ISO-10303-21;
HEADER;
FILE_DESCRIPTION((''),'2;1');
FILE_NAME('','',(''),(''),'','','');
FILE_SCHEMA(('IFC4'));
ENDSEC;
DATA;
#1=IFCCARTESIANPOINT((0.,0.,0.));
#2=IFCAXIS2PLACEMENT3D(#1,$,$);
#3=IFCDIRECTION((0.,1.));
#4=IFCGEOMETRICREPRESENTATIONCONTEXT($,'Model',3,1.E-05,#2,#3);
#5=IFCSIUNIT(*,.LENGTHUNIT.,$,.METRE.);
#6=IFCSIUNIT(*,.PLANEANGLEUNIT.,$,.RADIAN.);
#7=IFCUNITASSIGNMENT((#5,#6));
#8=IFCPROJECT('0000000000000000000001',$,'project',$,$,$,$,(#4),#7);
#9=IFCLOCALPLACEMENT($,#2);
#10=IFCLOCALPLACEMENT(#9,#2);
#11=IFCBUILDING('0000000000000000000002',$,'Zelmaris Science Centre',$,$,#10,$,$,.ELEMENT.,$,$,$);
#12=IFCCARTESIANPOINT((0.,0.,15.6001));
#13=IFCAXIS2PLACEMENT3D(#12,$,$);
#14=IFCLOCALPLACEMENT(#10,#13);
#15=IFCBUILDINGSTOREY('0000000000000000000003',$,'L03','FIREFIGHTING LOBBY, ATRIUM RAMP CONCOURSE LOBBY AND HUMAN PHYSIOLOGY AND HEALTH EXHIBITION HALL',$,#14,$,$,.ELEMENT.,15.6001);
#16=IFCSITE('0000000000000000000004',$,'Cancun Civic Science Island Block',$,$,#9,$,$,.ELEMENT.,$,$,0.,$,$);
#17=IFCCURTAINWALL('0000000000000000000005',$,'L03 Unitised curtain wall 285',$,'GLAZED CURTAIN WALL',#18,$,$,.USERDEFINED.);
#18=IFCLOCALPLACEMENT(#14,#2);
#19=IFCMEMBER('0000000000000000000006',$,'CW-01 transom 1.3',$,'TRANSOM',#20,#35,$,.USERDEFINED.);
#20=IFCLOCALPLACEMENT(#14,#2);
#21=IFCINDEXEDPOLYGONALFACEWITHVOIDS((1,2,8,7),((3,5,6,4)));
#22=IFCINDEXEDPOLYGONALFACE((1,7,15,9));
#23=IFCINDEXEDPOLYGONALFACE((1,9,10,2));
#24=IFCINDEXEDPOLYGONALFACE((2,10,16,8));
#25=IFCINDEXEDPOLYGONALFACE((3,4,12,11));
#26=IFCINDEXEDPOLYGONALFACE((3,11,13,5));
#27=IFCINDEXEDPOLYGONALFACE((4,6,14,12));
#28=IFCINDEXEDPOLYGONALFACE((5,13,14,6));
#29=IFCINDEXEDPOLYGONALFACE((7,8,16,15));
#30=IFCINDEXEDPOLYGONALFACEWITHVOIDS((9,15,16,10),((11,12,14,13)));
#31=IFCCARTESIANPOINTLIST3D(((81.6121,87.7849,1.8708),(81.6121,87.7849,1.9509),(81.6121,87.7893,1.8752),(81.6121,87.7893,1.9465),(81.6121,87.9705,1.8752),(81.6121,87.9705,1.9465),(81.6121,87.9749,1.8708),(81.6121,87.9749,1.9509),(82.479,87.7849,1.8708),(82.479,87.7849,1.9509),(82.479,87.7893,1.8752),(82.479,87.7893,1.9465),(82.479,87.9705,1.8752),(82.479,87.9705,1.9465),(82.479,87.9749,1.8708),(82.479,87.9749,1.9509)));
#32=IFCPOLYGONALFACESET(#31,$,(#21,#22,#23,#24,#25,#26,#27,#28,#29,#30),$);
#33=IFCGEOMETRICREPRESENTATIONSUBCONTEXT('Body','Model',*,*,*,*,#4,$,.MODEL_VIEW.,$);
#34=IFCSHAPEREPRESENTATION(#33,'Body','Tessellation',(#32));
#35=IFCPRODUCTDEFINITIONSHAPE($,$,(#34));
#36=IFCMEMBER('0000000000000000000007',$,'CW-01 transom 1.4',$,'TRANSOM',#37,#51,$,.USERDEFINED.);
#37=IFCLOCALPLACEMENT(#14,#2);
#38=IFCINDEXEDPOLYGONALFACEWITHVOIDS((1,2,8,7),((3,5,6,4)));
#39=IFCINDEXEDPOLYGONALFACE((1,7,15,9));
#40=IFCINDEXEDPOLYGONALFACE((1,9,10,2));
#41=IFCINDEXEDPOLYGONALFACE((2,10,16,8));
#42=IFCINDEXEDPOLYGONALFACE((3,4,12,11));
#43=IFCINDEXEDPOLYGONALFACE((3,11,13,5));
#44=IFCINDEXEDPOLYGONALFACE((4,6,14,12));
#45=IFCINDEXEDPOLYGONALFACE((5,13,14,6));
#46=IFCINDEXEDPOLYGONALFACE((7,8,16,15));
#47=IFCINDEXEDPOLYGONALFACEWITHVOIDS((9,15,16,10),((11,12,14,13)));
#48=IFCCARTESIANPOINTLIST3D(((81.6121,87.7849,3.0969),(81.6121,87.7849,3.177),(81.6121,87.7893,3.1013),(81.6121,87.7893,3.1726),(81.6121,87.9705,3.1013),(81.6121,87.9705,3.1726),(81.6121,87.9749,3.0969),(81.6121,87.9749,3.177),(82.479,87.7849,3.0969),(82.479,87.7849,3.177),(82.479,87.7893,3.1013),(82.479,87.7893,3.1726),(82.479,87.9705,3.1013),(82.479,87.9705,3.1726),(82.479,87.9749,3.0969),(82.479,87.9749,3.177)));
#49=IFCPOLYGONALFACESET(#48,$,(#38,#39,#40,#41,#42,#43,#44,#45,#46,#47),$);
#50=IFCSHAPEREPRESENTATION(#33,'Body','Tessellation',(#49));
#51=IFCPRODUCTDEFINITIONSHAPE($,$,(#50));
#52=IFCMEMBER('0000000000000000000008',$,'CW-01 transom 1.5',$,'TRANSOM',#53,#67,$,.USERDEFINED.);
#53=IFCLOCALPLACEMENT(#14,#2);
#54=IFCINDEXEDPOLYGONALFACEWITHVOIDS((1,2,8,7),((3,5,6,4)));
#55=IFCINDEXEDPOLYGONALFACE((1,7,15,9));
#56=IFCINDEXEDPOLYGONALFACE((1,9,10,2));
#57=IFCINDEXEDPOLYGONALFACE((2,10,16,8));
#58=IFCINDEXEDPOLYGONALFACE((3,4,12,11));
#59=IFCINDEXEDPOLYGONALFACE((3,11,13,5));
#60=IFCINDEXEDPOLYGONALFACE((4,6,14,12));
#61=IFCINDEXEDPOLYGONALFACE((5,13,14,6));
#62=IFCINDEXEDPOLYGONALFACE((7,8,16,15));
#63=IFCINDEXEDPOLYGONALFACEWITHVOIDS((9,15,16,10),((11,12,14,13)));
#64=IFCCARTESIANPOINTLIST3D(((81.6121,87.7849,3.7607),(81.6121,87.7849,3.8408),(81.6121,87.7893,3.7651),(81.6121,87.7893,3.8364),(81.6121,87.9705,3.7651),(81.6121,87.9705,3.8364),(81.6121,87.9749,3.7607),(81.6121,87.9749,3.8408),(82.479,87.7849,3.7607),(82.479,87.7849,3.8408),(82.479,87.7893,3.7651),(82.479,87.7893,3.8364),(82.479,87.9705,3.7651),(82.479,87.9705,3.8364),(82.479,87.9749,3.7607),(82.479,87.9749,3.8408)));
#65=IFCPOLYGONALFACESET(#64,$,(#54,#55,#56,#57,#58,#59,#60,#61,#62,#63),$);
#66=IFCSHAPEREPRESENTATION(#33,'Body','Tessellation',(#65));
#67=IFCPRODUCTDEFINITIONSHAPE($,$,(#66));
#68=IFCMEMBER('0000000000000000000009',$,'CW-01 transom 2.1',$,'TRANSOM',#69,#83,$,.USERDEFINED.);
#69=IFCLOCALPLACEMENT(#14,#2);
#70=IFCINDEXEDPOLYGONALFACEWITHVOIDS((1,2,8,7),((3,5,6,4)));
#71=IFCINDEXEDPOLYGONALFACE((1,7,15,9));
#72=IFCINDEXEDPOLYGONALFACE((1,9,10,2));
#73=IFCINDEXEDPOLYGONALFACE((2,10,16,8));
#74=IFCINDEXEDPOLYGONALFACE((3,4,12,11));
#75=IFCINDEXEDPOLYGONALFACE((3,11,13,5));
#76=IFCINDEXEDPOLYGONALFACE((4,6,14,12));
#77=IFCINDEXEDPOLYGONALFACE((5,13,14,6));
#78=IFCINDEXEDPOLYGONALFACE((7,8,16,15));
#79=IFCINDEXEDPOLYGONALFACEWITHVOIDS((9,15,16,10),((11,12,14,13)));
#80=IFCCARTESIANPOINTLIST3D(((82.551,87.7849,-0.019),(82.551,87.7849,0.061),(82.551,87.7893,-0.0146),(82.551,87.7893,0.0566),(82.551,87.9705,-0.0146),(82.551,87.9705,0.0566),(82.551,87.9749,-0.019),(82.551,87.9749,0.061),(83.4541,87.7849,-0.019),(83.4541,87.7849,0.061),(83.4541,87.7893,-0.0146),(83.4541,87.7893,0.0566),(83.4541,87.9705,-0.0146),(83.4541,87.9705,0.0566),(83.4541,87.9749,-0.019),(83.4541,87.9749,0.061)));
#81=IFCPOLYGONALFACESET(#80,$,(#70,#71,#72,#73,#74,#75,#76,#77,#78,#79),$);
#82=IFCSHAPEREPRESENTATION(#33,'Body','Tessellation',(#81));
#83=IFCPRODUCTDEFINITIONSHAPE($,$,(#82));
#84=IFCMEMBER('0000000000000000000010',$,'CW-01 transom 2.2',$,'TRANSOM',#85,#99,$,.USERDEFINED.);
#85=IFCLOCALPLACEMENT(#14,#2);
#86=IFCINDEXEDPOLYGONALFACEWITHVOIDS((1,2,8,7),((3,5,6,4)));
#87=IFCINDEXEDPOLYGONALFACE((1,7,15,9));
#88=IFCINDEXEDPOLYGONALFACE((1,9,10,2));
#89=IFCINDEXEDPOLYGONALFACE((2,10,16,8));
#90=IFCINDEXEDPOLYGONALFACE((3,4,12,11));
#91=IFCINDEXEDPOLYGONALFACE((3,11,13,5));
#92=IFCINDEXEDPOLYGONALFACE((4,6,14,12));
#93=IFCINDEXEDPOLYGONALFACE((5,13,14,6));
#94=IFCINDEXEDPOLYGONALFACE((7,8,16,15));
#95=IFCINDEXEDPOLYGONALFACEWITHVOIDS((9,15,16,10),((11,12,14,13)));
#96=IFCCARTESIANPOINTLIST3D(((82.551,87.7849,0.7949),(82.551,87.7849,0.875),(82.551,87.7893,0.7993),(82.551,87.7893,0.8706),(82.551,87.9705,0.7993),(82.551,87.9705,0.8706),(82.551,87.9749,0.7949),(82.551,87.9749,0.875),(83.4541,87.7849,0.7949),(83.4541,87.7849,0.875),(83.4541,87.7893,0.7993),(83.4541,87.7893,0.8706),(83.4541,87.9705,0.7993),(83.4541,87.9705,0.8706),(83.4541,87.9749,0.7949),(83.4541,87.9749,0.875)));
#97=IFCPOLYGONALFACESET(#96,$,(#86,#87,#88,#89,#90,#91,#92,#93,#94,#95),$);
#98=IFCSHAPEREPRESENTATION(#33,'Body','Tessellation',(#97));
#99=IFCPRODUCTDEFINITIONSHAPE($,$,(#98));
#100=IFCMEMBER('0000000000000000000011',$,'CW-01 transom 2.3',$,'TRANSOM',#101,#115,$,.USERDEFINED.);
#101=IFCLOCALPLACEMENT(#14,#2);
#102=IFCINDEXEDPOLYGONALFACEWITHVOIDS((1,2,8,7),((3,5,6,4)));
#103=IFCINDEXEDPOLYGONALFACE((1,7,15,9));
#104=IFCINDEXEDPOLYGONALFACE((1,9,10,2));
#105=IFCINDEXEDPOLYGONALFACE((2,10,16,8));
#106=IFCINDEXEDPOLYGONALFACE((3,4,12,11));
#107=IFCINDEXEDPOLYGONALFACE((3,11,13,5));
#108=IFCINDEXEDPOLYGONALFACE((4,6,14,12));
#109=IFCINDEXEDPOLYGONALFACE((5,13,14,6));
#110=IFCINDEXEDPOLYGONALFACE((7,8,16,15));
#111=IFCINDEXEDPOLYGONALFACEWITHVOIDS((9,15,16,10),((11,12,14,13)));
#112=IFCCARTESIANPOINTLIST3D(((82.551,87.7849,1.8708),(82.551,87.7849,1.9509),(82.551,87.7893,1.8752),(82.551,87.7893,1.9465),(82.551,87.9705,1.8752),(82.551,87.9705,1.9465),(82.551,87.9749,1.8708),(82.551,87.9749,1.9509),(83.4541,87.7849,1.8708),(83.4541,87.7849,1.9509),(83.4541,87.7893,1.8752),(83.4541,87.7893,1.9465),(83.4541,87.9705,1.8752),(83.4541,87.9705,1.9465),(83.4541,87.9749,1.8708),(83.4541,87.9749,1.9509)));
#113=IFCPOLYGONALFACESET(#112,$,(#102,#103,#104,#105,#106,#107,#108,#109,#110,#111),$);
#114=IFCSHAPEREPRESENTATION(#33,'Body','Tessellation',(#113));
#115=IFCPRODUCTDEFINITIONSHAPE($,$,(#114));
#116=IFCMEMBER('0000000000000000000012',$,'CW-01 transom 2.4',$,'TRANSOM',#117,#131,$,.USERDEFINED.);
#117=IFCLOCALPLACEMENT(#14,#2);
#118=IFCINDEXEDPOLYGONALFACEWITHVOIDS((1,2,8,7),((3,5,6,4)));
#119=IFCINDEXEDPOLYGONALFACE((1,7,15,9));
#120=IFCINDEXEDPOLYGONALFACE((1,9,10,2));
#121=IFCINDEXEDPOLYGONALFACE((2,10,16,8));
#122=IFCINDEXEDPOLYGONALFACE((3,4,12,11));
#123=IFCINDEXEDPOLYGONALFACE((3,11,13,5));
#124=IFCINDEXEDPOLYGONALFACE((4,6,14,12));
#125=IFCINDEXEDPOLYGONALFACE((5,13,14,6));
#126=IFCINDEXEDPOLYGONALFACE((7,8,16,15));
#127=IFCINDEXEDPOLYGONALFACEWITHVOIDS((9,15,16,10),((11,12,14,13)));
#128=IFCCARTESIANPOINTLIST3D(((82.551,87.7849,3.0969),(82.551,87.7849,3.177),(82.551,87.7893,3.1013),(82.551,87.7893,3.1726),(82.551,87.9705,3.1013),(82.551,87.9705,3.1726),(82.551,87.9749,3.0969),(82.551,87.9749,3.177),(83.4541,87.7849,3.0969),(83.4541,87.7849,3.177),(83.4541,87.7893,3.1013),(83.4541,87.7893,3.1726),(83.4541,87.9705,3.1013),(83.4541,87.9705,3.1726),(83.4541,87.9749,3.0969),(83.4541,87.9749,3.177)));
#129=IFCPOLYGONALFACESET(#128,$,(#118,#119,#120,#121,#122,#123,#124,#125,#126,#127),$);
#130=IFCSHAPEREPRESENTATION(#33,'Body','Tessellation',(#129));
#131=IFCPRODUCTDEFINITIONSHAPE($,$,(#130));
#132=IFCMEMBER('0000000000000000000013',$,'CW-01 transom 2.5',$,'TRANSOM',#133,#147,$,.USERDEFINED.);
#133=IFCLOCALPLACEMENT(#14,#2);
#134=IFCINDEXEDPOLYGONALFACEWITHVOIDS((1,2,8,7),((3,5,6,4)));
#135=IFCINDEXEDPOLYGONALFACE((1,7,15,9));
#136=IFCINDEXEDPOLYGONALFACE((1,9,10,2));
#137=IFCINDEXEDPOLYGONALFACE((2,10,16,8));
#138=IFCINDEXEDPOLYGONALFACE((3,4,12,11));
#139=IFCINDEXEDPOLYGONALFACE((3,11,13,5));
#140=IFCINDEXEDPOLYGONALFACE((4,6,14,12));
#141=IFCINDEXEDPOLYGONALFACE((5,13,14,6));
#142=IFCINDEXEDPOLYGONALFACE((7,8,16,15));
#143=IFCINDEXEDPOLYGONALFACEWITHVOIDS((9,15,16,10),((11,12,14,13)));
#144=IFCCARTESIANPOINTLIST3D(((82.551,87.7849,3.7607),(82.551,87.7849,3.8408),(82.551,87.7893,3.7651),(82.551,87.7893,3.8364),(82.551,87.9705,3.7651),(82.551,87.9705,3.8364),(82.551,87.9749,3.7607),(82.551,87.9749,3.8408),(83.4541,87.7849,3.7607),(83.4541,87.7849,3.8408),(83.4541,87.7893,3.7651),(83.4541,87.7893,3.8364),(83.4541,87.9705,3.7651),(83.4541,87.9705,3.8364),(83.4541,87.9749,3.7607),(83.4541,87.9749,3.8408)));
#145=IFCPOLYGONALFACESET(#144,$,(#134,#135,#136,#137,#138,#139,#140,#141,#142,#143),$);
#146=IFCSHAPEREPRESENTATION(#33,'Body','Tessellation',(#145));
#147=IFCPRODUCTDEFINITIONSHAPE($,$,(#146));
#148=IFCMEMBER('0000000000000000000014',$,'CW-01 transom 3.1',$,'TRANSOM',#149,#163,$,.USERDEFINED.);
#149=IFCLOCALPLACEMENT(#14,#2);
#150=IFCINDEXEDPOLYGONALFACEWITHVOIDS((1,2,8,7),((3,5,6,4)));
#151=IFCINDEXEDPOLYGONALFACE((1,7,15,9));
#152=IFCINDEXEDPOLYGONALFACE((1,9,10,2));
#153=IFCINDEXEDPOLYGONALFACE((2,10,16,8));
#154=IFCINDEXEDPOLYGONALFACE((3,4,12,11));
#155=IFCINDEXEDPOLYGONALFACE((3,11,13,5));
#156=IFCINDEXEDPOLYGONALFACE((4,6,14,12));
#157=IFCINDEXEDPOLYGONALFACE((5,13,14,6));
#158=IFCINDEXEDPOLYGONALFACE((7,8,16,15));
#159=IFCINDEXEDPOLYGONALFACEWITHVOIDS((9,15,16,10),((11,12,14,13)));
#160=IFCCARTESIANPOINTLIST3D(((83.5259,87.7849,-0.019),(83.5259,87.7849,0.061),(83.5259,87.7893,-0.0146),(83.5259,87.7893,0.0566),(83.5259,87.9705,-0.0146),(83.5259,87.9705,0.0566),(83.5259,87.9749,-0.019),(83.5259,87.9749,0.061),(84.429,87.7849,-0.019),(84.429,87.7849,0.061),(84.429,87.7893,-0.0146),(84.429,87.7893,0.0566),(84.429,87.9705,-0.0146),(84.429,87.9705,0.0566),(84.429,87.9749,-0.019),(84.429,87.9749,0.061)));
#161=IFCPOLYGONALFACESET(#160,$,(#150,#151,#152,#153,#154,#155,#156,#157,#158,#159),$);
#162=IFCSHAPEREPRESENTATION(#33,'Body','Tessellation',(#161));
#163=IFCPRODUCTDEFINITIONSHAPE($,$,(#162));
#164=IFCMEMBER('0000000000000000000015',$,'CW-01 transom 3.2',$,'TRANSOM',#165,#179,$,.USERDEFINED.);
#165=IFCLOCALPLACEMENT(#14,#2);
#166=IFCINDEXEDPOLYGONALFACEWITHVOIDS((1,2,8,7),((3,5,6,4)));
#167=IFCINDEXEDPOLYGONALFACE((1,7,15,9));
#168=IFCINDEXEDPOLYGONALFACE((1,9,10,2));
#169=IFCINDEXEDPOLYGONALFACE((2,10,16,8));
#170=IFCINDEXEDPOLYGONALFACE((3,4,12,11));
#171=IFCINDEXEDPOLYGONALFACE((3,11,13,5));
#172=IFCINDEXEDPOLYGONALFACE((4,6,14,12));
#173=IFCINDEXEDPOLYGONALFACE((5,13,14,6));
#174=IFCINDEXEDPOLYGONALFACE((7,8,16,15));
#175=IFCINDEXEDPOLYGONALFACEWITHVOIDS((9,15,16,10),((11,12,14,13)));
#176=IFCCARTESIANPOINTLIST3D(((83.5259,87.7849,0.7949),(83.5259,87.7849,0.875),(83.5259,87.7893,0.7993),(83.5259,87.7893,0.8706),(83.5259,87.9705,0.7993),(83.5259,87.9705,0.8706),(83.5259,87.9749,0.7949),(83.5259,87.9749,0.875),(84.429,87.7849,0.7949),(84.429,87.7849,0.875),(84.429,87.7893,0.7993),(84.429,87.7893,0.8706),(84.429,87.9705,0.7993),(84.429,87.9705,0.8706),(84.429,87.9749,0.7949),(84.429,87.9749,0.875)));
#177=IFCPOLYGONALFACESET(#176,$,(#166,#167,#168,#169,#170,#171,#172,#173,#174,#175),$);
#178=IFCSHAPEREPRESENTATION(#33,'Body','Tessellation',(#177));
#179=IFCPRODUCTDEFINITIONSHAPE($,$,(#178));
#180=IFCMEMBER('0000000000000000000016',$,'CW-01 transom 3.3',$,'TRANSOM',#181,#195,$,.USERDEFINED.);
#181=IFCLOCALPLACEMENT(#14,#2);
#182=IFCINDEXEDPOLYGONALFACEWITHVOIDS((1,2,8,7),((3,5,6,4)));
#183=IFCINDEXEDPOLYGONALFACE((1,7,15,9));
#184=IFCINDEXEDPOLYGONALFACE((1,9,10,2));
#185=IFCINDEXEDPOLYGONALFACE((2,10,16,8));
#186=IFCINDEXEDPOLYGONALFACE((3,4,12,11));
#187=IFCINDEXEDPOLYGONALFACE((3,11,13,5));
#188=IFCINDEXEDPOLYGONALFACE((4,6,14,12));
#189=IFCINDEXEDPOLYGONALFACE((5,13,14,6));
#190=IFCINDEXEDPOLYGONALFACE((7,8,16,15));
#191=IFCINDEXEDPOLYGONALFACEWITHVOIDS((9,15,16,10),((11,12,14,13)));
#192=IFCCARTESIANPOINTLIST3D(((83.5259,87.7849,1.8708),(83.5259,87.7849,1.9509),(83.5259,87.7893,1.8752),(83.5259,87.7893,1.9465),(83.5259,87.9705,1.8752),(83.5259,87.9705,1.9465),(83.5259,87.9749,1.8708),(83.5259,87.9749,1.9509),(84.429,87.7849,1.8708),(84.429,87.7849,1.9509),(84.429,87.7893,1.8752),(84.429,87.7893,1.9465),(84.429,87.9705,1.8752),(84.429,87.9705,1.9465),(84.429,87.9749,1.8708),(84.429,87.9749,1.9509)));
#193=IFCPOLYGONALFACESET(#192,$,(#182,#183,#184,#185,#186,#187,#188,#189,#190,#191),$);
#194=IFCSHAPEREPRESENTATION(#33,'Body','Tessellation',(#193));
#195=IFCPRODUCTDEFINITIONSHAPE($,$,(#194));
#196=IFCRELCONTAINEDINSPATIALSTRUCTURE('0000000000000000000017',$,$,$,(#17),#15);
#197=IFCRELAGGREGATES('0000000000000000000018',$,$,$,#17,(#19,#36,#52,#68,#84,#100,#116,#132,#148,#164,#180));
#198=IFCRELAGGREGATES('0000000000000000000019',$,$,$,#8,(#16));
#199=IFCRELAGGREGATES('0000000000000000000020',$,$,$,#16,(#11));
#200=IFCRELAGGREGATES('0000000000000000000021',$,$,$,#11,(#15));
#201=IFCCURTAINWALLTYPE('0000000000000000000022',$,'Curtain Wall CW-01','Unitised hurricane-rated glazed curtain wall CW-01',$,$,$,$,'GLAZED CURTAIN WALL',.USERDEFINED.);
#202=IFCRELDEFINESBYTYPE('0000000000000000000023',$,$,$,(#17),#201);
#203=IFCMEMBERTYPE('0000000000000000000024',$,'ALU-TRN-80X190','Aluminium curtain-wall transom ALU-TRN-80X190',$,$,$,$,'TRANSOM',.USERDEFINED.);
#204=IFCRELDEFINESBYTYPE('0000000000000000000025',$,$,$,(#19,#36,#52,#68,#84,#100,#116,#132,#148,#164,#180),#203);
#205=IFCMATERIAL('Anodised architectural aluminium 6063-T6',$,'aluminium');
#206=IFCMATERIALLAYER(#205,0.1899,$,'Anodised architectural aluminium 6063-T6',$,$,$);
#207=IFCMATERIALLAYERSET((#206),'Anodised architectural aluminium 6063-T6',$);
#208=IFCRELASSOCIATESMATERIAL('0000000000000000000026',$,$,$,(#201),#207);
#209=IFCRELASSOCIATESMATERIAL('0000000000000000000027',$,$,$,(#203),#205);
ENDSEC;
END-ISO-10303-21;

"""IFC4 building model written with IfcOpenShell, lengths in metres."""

from ifc_helpers import new_model, si_unit, direction, frame, origin, origin_2d, place, context, subcontext, project, spatial, hollow_rectangle, extrude, material, layer, layer_set, material_profile, profile_set, type_object, element, aggregate, save


model = new_model("IFC4")

# Units and contexts
model_context = context("Model", 3, precision=1e-05, world=origin(), true_north=direction((0.0, 1.0)))
body_context = subcontext(model_context, "Body", "Model", "MODEL_VIEW")
ifc_project = project(units=[si_unit("LENGTHUNIT", "METRE"), si_unit("PLANEANGLEUNIT", "RADIAN")], contexts=[model_context])

# Site, building, storey
site_placement = place(None, origin())
site = spatial("IfcSite", under=ifc_project, at=site_placement, Name="Cancun Civic Science Island Block", CompositionType="ELEMENT", RefElevation=0.0)
building_placement = place(site_placement, origin())
building = spatial("IfcBuilding", under=site, at=building_placement, Name="Zelmaris Science Centre", CompositionType="ELEMENT")
storey_placement = place(building_placement, frame((0.0, 0.0, 15.6001)))
storey = spatial("IfcBuildingStorey", under=building, at=storey_placement, Name="L03", Description="FIREFIGHTING LOBBY, ATRIUM RAMP CONCOURSE LOBBY AND HUMAN PHYSIOLOGY AND HEALTH EXHIBITION HALL", CompositionType="ELEMENT", Elevation=15.6001)

# Curtain wall, members
ifc_material_1 = material(Name="Anodised architectural aluminium 6063-T6", Category="aluminium")
ifc_layer_1 = layer(ifc_material_1, 0.1899, Name="Anodised architectural aluminium 6063-T6")
ifc_layer_set_1 = layer_set([ifc_layer_1], Name="Anodised architectural aluminium 6063-T6")
curtain_wall_type = type_object("IfcCurtainWallType", Name="Curtain Wall CW-01", Description="Unitised hurricane-rated glazed curtain wall CW-01", ElementType="GLAZED CURTAIN WALL", PredefinedType="USERDEFINED", material=ifc_layer_set_1)
curtain_wall_placement = place(storey_placement, origin())
curtain_wall = element("IfcCurtainWall", 1, at=curtain_wall_placement, inside=storey, type_object=curtain_wall_type, Name="L03 Unitised curtain wall 285", ObjectType="GLAZED CURTAIN WALL", PredefinedType="USERDEFINED")
ifc_material_profile_1 = material_profile(ifc_material_1, hollow_rectangle(XDim=0.0801, YDim=0.1899, WallThickness=0.0044, at=origin_2d()), Name="ALU-TRN-80X190")
ifc_profile_set_1 = profile_set([ifc_material_profile_1], Name="Anodised architectural aluminium 6063-T6")
member_type_1 = type_object("IfcMemberType", Name="ALU-TRN-80X190", Description="Aluminium curtain-wall transom ALU-TRN-80X190", ElementType="TRANSOM", PredefinedType="USERDEFINED", material=ifc_profile_set_1)
member_1_placement = place(storey_placement, frame((81.6121, 87.8799, 1.9109), z_axis=(1.0, 0.0, 0.0), x_axis=(0.0, 0.0, 1.0)))
member_1 = element("IfcMember", 2, at=member_1_placement, type_object=member_type_1, Name="CW-01 transom 1.3", ObjectType="TRANSOM", PredefinedType="USERDEFINED", context=body_context, shape_type="SweptSolid", body=[
    extrude(hollow_rectangle(XDim=0.0801, YDim=0.1899, WallThickness=0.0044, at=origin_2d()), origin(), (0.0, 0.0, 1.0), 0.8669),
])
member_2_placement = place(storey_placement, frame((81.6121, 87.8799, 3.137), z_axis=(1.0, 0.0, 0.0), x_axis=(0.0, 0.0, 1.0)))
member_2 = element("IfcMember", 3, at=member_2_placement, type_object=member_type_1, Name="CW-01 transom 1.4", ObjectType="TRANSOM", PredefinedType="USERDEFINED", context=body_context, shape_type="SweptSolid", body=[
    extrude(hollow_rectangle(XDim=0.0801, YDim=0.1899, WallThickness=0.0044, at=origin_2d()), origin(), (0.0, 0.0, 1.0), 0.8669),
])
member_3_placement = place(storey_placement, frame((81.6121, 87.8799, 3.8008), z_axis=(1.0, 0.0, 0.0), x_axis=(0.0, 0.0, 1.0)))
member_3 = element("IfcMember", 4, at=member_3_placement, type_object=member_type_1, Name="CW-01 transom 1.5", ObjectType="TRANSOM", PredefinedType="USERDEFINED", context=body_context, shape_type="SweptSolid", body=[
    extrude(hollow_rectangle(XDim=0.0801, YDim=0.1899, WallThickness=0.0044, at=origin_2d()), origin(), (0.0, 0.0, 1.0), 0.8669),
])
member_4_placement = place(storey_placement, frame((82.551, 87.8799, 0.021), z_axis=(1.0, 0.0, 0.0), x_axis=(0.0, 0.0, 1.0)))
member_4 = element("IfcMember", 5, at=member_4_placement, type_object=member_type_1, Name="CW-01 transom 2.1", ObjectType="TRANSOM", PredefinedType="USERDEFINED", context=body_context, shape_type="SweptSolid", body=[
    extrude(hollow_rectangle(XDim=0.0801, YDim=0.1899, WallThickness=0.0044, at=origin_2d()), origin(), (0.0, 0.0, 1.0), 0.9031),
])
member_5_placement = place(storey_placement, frame((82.551, 87.8799, 0.835), z_axis=(1.0, 0.0, 0.0), x_axis=(0.0, 0.0, 1.0)))
member_5 = element("IfcMember", 6, at=member_5_placement, type_object=member_type_1, Name="CW-01 transom 2.2", ObjectType="TRANSOM", PredefinedType="USERDEFINED", context=body_context, shape_type="SweptSolid", body=[
    extrude(hollow_rectangle(XDim=0.0801, YDim=0.1899, WallThickness=0.0044, at=origin_2d()), origin(), (0.0, 0.0, 1.0), 0.9031),
])
member_6_placement = place(storey_placement, frame((82.551, 87.8799, 1.9109), z_axis=(1.0, 0.0, 0.0), x_axis=(0.0, 0.0, 1.0)))
member_6 = element("IfcMember", 7, at=member_6_placement, type_object=member_type_1, Name="CW-01 transom 2.3", ObjectType="TRANSOM", PredefinedType="USERDEFINED", context=body_context, shape_type="SweptSolid", body=[
    extrude(hollow_rectangle(XDim=0.0801, YDim=0.1899, WallThickness=0.0044, at=origin_2d()), origin(), (0.0, 0.0, 1.0), 0.9031),
])
member_7_placement = place(storey_placement, frame((82.551, 87.8799, 3.137), z_axis=(1.0, 0.0, 0.0), x_axis=(0.0, 0.0, 1.0)))
member_7 = element("IfcMember", 8, at=member_7_placement, type_object=member_type_1, Name="CW-01 transom 2.4", ObjectType="TRANSOM", PredefinedType="USERDEFINED", context=body_context, shape_type="SweptSolid", body=[
    extrude(hollow_rectangle(XDim=0.0801, YDim=0.1899, WallThickness=0.0044, at=origin_2d()), origin(), (0.0, 0.0, 1.0), 0.9031),
])
member_8_placement = place(storey_placement, frame((82.551, 87.8799, 3.8008), z_axis=(1.0, 0.0, 0.0), x_axis=(0.0, 0.0, 1.0)))
member_8 = element("IfcMember", 9, at=member_8_placement, type_object=member_type_1, Name="CW-01 transom 2.5", ObjectType="TRANSOM", PredefinedType="USERDEFINED", context=body_context, shape_type="SweptSolid", body=[
    extrude(hollow_rectangle(XDim=0.0801, YDim=0.1899, WallThickness=0.0044, at=origin_2d()), origin(), (0.0, 0.0, 1.0), 0.9031),
])
member_9_placement = place(storey_placement, frame((83.5259, 87.8799, 0.021), z_axis=(1.0, 0.0, 0.0), x_axis=(0.0, 0.0, 1.0)))
member_9 = element("IfcMember", 10, at=member_9_placement, type_object=member_type_1, Name="CW-01 transom 3.1", ObjectType="TRANSOM", PredefinedType="USERDEFINED", context=body_context, shape_type="SweptSolid", body=[
    extrude(hollow_rectangle(XDim=0.0801, YDim=0.1899, WallThickness=0.0044, at=origin_2d()), origin(), (0.0, 0.0, 1.0), 0.9031),
])
member_10_placement = place(storey_placement, frame((83.5259, 87.8799, 0.835), z_axis=(1.0, 0.0, 0.0), x_axis=(0.0, 0.0, 1.0)))
member_10 = element("IfcMember", 11, at=member_10_placement, type_object=member_type_1, Name="CW-01 transom 3.2", ObjectType="TRANSOM", PredefinedType="USERDEFINED", context=body_context, shape_type="SweptSolid", body=[
    extrude(hollow_rectangle(XDim=0.0801, YDim=0.1899, WallThickness=0.0044, at=origin_2d()), origin(), (0.0, 0.0, 1.0), 0.9031),
])
member_11_placement = place(storey_placement, frame((83.5259, 87.8799, 1.9109), z_axis=(1.0, 0.0, 0.0), x_axis=(0.0, 0.0, 1.0)))
member_11 = element("IfcMember", 12, at=member_11_placement, type_object=member_type_1, Name="CW-01 transom 3.3", ObjectType="TRANSOM", PredefinedType="USERDEFINED", context=body_context, shape_type="SweptSolid", body=[
    extrude(hollow_rectangle(XDim=0.0801, YDim=0.1899, WallThickness=0.0044, at=origin_2d()), origin(), (0.0, 0.0, 1.0), 0.9031),
])

aggregate(curtain_wall, [member_1, member_2, member_3, member_4, member_5, member_6, member_7, member_8, member_9, member_10, member_11])

save(model, "model.ifc")
